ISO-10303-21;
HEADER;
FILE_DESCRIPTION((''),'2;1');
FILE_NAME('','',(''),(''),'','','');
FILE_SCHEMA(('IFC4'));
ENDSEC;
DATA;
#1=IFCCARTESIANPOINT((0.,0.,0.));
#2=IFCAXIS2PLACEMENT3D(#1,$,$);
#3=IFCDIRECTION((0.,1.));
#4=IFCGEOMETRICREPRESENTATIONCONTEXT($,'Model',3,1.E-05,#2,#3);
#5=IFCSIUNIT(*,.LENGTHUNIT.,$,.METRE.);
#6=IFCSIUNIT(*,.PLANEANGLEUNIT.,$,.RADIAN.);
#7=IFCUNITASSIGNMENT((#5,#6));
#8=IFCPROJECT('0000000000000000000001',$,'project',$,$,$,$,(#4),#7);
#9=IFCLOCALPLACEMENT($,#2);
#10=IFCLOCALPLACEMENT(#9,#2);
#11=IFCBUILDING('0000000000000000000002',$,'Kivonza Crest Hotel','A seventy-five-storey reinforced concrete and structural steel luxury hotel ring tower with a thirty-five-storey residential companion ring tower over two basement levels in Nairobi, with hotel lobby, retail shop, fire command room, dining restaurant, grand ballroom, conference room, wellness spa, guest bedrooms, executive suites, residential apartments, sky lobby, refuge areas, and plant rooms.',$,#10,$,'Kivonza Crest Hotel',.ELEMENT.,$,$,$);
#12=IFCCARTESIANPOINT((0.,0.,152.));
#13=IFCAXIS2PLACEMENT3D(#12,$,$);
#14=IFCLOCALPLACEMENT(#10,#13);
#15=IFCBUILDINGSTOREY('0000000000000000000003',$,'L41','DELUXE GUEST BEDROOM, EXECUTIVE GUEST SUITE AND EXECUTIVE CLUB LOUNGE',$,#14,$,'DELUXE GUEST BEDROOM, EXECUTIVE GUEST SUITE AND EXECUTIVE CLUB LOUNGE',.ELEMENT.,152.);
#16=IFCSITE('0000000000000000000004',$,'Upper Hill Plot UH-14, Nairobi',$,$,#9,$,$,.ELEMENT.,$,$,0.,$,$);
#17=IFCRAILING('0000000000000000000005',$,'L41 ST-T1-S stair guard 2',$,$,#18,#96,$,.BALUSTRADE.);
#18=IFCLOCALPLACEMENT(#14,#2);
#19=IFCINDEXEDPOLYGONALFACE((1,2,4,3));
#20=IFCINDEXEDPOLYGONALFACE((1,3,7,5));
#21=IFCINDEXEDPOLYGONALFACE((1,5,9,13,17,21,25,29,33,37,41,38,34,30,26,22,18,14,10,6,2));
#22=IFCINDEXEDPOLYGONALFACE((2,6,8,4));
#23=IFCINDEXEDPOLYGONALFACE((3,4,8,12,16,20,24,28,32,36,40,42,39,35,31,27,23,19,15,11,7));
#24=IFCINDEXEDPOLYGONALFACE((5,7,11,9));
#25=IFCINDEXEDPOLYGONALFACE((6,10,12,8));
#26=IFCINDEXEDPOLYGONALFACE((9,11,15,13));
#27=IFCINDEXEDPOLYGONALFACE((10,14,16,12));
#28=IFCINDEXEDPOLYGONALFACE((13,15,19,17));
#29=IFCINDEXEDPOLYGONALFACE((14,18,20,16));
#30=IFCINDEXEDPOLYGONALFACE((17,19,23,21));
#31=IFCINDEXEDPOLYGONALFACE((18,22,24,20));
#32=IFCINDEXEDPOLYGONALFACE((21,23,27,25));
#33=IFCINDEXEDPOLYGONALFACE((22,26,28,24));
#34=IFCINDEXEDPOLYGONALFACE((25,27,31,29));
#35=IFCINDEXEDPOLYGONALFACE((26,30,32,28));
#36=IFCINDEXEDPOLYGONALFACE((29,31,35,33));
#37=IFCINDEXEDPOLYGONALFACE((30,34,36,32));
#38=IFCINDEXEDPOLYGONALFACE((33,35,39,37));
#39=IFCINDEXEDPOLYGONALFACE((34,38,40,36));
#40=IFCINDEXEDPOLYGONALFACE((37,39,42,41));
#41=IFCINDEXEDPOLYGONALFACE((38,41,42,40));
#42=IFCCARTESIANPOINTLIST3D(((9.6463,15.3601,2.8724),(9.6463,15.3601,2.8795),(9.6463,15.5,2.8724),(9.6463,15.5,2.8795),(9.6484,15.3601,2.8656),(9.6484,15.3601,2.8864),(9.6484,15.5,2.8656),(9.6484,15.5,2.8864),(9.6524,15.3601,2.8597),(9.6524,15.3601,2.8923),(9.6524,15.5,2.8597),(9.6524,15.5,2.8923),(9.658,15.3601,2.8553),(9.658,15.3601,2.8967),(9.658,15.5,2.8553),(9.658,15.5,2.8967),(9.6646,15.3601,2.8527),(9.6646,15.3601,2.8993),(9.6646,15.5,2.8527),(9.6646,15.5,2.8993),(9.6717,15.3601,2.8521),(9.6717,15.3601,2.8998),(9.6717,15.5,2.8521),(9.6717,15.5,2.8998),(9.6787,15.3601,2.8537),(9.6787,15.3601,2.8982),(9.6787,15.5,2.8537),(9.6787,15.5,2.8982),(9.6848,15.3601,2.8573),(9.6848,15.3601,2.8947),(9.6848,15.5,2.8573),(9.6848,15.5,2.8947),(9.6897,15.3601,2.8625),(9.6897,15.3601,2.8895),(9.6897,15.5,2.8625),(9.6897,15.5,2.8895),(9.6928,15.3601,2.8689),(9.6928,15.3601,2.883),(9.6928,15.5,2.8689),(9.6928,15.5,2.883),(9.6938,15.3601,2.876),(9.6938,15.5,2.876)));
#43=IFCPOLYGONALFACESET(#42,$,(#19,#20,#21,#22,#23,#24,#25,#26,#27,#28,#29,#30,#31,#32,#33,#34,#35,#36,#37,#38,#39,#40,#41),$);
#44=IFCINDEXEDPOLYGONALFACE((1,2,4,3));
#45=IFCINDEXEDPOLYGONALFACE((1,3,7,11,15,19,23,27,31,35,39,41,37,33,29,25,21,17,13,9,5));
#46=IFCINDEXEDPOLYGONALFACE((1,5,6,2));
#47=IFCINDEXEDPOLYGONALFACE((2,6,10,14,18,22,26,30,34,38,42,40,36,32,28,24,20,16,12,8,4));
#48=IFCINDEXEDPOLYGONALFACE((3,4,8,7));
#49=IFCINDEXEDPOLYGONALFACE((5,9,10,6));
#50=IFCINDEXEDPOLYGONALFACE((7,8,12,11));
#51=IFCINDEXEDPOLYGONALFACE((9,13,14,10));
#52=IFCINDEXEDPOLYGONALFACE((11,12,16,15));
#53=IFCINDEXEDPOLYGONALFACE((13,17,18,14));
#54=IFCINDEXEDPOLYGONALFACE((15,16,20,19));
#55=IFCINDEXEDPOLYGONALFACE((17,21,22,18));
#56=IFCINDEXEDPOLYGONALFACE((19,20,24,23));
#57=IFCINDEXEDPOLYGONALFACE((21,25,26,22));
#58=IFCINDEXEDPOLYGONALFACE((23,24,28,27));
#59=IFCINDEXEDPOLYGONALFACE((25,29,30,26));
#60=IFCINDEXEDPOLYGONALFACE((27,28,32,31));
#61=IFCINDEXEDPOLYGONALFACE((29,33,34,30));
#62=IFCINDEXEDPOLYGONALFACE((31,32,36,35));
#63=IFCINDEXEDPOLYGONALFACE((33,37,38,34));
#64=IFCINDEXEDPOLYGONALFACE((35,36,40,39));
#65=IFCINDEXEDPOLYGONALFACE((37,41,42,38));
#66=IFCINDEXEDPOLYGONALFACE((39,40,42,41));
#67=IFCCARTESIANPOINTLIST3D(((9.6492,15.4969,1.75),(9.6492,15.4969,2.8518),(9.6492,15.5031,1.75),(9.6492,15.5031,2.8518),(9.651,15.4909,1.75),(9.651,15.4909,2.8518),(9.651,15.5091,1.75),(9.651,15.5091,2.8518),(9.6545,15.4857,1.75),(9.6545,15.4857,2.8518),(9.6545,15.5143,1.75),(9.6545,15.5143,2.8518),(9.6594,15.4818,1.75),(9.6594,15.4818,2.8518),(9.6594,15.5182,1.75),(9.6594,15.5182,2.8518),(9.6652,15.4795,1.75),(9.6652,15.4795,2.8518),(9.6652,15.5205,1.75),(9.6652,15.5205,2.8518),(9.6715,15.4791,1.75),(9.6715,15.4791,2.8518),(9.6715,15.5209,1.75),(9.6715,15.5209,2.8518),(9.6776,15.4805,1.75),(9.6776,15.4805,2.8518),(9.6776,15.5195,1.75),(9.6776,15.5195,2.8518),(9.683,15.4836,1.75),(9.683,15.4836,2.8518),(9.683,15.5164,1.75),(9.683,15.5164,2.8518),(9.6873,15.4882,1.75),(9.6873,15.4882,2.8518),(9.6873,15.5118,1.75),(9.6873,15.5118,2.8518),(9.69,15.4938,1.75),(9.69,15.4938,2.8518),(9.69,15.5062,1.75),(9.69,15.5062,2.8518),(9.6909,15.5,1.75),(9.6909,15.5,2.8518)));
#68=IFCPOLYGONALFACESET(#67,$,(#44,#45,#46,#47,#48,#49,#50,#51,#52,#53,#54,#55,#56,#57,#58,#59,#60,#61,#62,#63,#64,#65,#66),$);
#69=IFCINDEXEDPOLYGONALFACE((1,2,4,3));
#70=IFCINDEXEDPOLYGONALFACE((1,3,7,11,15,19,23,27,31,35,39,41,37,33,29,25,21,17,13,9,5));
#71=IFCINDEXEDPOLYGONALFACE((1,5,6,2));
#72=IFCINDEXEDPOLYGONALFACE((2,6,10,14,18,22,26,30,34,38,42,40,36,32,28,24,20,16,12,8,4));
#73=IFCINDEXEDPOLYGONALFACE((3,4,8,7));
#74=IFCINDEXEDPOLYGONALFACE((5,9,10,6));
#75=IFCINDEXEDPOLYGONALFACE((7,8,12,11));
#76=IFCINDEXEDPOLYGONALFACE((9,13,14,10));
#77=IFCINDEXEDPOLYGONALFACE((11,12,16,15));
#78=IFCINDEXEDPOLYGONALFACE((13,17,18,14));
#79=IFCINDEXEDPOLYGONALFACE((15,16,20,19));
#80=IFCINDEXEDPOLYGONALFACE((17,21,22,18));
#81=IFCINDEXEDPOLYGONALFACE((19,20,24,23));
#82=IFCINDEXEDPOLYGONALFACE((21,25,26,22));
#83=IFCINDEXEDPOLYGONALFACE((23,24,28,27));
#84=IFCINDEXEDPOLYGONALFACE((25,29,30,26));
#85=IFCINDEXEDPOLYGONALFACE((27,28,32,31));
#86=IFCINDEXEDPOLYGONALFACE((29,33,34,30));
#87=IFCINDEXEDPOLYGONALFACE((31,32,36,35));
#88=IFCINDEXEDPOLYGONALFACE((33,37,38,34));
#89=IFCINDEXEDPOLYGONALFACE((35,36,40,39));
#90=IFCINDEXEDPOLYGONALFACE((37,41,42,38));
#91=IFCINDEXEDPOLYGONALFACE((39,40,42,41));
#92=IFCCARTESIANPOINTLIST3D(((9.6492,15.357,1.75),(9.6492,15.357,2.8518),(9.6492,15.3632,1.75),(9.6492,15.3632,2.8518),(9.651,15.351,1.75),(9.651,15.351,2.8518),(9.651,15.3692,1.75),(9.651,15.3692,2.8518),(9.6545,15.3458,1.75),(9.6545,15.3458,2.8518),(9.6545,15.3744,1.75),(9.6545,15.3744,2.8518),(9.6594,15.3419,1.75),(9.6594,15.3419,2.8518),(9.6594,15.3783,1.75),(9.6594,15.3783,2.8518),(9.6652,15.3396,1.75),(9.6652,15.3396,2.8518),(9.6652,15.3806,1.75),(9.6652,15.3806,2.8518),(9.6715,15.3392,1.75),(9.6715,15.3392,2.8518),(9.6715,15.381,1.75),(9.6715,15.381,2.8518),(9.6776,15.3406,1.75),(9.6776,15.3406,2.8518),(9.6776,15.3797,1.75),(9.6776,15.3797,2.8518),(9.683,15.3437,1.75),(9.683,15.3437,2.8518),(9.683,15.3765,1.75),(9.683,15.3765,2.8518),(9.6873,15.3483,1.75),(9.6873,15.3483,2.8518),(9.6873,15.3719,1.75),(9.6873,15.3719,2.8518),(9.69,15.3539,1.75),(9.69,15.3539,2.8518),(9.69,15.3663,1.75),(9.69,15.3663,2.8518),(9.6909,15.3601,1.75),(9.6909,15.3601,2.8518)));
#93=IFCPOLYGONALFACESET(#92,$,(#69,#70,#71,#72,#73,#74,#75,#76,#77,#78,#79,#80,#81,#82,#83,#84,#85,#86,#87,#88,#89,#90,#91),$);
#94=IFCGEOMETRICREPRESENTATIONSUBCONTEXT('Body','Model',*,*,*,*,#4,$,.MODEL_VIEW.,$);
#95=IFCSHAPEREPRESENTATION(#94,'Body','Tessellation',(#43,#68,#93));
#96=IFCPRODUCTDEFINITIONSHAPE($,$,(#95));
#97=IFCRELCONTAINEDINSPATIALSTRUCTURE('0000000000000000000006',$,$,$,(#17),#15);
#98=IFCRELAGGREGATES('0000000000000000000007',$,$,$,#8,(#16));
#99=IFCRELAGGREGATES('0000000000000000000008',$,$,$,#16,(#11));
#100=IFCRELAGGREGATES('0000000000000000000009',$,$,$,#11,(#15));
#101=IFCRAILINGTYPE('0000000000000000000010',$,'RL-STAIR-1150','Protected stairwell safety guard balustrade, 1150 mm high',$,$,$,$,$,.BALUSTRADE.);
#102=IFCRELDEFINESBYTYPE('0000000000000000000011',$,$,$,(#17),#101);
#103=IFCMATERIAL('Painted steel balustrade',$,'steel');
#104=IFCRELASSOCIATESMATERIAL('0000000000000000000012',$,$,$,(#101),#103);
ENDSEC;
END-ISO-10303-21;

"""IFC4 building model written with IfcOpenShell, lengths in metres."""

from ifc_helpers import new_model, si_unit, direction, frame, origin, origin_2d, place, context, subcontext, project, spatial, circle, extrude, material, type_object, element, save


model = new_model("IFC4")

# Units and contexts
model_context = context("Model", 3, precision=1e-05, world=origin(), true_north=direction((0.0, 1.0)))
body_context = subcontext(model_context, "Body", "Model", "MODEL_VIEW")
ifc_project = project(units=[si_unit("LENGTHUNIT", "METRE"), si_unit("PLANEANGLEUNIT", "RADIAN")], contexts=[model_context])

# Site, building, storey
site_placement = place(None, origin())
site = spatial("IfcSite", under=ifc_project, at=site_placement, Name="Upper Hill Plot UH-14, Nairobi", CompositionType="ELEMENT", RefElevation=0.0)
building_placement = place(site_placement, origin())
building = spatial("IfcBuilding", under=site, at=building_placement, Name="Kivonza Crest Hotel", Description="A seventy-five-storey reinforced concrete and structural steel luxury hotel ring tower with a thirty-five-storey residential companion ring tower over two basement levels in Nairobi, with hotel lobby, retail shop, fire command room, dining restaurant, grand ballroom, conference room, wellness spa, guest bedrooms, executive suites, residential apartments, sky lobby, refuge areas, and plant rooms.", LongName="Kivonza Crest Hotel", CompositionType="ELEMENT")
storey_placement = place(building_placement, frame((0.0, 0.0, 152.0)))
storey = spatial("IfcBuildingStorey", under=building, at=storey_placement, Name="L41", Description="DELUXE GUEST BEDROOM, EXECUTIVE GUEST SUITE AND EXECUTIVE CLUB LOUNGE", LongName="DELUXE GUEST BEDROOM, EXECUTIVE GUEST SUITE AND EXECUTIVE CLUB LOUNGE", CompositionType="ELEMENT", Elevation=152.0)

# Railing
ifc_material_1 = material(Name="Painted steel balustrade", Category="steel")
railing_type_1 = type_object("IfcRailingType", Name="RL-STAIR-1150", Description="Protected stairwell safety guard balustrade, 1150 mm high", PredefinedType="BALUSTRADE", material=ifc_material_1)
railing_1_placement = place(storey_placement, frame((9.6699, 15.5, 1.75)))
element("IfcRailing", 1, at=railing_1_placement, inside=storey, type_object=railing_type_1, Name="L41 ST-T1-S stair guard 2", PredefinedType="BALUSTRADE", context=body_context, shape_type="SweptSolid", body=[
    extrude(circle(Radius=0.0239, at=origin_2d()), frame((0.0, 0.0, 1.126), z_axis=(0.0, -1.0, 0.0), x_axis=(1.0, 0.0, 0.0)), (0.0, 0.0, 1.0), 0.1399),
    extrude(circle(Radius=0.021, at=origin_2d()), origin(), (0.0, 0.0, 1.0), 1.1018),
    extrude(circle(Radius=0.021, at=origin_2d()), frame((0.0, -0.1399, 0.0)), (0.0, 0.0, 1.0), 1.1018),
])

save(model, "model.ifc")
